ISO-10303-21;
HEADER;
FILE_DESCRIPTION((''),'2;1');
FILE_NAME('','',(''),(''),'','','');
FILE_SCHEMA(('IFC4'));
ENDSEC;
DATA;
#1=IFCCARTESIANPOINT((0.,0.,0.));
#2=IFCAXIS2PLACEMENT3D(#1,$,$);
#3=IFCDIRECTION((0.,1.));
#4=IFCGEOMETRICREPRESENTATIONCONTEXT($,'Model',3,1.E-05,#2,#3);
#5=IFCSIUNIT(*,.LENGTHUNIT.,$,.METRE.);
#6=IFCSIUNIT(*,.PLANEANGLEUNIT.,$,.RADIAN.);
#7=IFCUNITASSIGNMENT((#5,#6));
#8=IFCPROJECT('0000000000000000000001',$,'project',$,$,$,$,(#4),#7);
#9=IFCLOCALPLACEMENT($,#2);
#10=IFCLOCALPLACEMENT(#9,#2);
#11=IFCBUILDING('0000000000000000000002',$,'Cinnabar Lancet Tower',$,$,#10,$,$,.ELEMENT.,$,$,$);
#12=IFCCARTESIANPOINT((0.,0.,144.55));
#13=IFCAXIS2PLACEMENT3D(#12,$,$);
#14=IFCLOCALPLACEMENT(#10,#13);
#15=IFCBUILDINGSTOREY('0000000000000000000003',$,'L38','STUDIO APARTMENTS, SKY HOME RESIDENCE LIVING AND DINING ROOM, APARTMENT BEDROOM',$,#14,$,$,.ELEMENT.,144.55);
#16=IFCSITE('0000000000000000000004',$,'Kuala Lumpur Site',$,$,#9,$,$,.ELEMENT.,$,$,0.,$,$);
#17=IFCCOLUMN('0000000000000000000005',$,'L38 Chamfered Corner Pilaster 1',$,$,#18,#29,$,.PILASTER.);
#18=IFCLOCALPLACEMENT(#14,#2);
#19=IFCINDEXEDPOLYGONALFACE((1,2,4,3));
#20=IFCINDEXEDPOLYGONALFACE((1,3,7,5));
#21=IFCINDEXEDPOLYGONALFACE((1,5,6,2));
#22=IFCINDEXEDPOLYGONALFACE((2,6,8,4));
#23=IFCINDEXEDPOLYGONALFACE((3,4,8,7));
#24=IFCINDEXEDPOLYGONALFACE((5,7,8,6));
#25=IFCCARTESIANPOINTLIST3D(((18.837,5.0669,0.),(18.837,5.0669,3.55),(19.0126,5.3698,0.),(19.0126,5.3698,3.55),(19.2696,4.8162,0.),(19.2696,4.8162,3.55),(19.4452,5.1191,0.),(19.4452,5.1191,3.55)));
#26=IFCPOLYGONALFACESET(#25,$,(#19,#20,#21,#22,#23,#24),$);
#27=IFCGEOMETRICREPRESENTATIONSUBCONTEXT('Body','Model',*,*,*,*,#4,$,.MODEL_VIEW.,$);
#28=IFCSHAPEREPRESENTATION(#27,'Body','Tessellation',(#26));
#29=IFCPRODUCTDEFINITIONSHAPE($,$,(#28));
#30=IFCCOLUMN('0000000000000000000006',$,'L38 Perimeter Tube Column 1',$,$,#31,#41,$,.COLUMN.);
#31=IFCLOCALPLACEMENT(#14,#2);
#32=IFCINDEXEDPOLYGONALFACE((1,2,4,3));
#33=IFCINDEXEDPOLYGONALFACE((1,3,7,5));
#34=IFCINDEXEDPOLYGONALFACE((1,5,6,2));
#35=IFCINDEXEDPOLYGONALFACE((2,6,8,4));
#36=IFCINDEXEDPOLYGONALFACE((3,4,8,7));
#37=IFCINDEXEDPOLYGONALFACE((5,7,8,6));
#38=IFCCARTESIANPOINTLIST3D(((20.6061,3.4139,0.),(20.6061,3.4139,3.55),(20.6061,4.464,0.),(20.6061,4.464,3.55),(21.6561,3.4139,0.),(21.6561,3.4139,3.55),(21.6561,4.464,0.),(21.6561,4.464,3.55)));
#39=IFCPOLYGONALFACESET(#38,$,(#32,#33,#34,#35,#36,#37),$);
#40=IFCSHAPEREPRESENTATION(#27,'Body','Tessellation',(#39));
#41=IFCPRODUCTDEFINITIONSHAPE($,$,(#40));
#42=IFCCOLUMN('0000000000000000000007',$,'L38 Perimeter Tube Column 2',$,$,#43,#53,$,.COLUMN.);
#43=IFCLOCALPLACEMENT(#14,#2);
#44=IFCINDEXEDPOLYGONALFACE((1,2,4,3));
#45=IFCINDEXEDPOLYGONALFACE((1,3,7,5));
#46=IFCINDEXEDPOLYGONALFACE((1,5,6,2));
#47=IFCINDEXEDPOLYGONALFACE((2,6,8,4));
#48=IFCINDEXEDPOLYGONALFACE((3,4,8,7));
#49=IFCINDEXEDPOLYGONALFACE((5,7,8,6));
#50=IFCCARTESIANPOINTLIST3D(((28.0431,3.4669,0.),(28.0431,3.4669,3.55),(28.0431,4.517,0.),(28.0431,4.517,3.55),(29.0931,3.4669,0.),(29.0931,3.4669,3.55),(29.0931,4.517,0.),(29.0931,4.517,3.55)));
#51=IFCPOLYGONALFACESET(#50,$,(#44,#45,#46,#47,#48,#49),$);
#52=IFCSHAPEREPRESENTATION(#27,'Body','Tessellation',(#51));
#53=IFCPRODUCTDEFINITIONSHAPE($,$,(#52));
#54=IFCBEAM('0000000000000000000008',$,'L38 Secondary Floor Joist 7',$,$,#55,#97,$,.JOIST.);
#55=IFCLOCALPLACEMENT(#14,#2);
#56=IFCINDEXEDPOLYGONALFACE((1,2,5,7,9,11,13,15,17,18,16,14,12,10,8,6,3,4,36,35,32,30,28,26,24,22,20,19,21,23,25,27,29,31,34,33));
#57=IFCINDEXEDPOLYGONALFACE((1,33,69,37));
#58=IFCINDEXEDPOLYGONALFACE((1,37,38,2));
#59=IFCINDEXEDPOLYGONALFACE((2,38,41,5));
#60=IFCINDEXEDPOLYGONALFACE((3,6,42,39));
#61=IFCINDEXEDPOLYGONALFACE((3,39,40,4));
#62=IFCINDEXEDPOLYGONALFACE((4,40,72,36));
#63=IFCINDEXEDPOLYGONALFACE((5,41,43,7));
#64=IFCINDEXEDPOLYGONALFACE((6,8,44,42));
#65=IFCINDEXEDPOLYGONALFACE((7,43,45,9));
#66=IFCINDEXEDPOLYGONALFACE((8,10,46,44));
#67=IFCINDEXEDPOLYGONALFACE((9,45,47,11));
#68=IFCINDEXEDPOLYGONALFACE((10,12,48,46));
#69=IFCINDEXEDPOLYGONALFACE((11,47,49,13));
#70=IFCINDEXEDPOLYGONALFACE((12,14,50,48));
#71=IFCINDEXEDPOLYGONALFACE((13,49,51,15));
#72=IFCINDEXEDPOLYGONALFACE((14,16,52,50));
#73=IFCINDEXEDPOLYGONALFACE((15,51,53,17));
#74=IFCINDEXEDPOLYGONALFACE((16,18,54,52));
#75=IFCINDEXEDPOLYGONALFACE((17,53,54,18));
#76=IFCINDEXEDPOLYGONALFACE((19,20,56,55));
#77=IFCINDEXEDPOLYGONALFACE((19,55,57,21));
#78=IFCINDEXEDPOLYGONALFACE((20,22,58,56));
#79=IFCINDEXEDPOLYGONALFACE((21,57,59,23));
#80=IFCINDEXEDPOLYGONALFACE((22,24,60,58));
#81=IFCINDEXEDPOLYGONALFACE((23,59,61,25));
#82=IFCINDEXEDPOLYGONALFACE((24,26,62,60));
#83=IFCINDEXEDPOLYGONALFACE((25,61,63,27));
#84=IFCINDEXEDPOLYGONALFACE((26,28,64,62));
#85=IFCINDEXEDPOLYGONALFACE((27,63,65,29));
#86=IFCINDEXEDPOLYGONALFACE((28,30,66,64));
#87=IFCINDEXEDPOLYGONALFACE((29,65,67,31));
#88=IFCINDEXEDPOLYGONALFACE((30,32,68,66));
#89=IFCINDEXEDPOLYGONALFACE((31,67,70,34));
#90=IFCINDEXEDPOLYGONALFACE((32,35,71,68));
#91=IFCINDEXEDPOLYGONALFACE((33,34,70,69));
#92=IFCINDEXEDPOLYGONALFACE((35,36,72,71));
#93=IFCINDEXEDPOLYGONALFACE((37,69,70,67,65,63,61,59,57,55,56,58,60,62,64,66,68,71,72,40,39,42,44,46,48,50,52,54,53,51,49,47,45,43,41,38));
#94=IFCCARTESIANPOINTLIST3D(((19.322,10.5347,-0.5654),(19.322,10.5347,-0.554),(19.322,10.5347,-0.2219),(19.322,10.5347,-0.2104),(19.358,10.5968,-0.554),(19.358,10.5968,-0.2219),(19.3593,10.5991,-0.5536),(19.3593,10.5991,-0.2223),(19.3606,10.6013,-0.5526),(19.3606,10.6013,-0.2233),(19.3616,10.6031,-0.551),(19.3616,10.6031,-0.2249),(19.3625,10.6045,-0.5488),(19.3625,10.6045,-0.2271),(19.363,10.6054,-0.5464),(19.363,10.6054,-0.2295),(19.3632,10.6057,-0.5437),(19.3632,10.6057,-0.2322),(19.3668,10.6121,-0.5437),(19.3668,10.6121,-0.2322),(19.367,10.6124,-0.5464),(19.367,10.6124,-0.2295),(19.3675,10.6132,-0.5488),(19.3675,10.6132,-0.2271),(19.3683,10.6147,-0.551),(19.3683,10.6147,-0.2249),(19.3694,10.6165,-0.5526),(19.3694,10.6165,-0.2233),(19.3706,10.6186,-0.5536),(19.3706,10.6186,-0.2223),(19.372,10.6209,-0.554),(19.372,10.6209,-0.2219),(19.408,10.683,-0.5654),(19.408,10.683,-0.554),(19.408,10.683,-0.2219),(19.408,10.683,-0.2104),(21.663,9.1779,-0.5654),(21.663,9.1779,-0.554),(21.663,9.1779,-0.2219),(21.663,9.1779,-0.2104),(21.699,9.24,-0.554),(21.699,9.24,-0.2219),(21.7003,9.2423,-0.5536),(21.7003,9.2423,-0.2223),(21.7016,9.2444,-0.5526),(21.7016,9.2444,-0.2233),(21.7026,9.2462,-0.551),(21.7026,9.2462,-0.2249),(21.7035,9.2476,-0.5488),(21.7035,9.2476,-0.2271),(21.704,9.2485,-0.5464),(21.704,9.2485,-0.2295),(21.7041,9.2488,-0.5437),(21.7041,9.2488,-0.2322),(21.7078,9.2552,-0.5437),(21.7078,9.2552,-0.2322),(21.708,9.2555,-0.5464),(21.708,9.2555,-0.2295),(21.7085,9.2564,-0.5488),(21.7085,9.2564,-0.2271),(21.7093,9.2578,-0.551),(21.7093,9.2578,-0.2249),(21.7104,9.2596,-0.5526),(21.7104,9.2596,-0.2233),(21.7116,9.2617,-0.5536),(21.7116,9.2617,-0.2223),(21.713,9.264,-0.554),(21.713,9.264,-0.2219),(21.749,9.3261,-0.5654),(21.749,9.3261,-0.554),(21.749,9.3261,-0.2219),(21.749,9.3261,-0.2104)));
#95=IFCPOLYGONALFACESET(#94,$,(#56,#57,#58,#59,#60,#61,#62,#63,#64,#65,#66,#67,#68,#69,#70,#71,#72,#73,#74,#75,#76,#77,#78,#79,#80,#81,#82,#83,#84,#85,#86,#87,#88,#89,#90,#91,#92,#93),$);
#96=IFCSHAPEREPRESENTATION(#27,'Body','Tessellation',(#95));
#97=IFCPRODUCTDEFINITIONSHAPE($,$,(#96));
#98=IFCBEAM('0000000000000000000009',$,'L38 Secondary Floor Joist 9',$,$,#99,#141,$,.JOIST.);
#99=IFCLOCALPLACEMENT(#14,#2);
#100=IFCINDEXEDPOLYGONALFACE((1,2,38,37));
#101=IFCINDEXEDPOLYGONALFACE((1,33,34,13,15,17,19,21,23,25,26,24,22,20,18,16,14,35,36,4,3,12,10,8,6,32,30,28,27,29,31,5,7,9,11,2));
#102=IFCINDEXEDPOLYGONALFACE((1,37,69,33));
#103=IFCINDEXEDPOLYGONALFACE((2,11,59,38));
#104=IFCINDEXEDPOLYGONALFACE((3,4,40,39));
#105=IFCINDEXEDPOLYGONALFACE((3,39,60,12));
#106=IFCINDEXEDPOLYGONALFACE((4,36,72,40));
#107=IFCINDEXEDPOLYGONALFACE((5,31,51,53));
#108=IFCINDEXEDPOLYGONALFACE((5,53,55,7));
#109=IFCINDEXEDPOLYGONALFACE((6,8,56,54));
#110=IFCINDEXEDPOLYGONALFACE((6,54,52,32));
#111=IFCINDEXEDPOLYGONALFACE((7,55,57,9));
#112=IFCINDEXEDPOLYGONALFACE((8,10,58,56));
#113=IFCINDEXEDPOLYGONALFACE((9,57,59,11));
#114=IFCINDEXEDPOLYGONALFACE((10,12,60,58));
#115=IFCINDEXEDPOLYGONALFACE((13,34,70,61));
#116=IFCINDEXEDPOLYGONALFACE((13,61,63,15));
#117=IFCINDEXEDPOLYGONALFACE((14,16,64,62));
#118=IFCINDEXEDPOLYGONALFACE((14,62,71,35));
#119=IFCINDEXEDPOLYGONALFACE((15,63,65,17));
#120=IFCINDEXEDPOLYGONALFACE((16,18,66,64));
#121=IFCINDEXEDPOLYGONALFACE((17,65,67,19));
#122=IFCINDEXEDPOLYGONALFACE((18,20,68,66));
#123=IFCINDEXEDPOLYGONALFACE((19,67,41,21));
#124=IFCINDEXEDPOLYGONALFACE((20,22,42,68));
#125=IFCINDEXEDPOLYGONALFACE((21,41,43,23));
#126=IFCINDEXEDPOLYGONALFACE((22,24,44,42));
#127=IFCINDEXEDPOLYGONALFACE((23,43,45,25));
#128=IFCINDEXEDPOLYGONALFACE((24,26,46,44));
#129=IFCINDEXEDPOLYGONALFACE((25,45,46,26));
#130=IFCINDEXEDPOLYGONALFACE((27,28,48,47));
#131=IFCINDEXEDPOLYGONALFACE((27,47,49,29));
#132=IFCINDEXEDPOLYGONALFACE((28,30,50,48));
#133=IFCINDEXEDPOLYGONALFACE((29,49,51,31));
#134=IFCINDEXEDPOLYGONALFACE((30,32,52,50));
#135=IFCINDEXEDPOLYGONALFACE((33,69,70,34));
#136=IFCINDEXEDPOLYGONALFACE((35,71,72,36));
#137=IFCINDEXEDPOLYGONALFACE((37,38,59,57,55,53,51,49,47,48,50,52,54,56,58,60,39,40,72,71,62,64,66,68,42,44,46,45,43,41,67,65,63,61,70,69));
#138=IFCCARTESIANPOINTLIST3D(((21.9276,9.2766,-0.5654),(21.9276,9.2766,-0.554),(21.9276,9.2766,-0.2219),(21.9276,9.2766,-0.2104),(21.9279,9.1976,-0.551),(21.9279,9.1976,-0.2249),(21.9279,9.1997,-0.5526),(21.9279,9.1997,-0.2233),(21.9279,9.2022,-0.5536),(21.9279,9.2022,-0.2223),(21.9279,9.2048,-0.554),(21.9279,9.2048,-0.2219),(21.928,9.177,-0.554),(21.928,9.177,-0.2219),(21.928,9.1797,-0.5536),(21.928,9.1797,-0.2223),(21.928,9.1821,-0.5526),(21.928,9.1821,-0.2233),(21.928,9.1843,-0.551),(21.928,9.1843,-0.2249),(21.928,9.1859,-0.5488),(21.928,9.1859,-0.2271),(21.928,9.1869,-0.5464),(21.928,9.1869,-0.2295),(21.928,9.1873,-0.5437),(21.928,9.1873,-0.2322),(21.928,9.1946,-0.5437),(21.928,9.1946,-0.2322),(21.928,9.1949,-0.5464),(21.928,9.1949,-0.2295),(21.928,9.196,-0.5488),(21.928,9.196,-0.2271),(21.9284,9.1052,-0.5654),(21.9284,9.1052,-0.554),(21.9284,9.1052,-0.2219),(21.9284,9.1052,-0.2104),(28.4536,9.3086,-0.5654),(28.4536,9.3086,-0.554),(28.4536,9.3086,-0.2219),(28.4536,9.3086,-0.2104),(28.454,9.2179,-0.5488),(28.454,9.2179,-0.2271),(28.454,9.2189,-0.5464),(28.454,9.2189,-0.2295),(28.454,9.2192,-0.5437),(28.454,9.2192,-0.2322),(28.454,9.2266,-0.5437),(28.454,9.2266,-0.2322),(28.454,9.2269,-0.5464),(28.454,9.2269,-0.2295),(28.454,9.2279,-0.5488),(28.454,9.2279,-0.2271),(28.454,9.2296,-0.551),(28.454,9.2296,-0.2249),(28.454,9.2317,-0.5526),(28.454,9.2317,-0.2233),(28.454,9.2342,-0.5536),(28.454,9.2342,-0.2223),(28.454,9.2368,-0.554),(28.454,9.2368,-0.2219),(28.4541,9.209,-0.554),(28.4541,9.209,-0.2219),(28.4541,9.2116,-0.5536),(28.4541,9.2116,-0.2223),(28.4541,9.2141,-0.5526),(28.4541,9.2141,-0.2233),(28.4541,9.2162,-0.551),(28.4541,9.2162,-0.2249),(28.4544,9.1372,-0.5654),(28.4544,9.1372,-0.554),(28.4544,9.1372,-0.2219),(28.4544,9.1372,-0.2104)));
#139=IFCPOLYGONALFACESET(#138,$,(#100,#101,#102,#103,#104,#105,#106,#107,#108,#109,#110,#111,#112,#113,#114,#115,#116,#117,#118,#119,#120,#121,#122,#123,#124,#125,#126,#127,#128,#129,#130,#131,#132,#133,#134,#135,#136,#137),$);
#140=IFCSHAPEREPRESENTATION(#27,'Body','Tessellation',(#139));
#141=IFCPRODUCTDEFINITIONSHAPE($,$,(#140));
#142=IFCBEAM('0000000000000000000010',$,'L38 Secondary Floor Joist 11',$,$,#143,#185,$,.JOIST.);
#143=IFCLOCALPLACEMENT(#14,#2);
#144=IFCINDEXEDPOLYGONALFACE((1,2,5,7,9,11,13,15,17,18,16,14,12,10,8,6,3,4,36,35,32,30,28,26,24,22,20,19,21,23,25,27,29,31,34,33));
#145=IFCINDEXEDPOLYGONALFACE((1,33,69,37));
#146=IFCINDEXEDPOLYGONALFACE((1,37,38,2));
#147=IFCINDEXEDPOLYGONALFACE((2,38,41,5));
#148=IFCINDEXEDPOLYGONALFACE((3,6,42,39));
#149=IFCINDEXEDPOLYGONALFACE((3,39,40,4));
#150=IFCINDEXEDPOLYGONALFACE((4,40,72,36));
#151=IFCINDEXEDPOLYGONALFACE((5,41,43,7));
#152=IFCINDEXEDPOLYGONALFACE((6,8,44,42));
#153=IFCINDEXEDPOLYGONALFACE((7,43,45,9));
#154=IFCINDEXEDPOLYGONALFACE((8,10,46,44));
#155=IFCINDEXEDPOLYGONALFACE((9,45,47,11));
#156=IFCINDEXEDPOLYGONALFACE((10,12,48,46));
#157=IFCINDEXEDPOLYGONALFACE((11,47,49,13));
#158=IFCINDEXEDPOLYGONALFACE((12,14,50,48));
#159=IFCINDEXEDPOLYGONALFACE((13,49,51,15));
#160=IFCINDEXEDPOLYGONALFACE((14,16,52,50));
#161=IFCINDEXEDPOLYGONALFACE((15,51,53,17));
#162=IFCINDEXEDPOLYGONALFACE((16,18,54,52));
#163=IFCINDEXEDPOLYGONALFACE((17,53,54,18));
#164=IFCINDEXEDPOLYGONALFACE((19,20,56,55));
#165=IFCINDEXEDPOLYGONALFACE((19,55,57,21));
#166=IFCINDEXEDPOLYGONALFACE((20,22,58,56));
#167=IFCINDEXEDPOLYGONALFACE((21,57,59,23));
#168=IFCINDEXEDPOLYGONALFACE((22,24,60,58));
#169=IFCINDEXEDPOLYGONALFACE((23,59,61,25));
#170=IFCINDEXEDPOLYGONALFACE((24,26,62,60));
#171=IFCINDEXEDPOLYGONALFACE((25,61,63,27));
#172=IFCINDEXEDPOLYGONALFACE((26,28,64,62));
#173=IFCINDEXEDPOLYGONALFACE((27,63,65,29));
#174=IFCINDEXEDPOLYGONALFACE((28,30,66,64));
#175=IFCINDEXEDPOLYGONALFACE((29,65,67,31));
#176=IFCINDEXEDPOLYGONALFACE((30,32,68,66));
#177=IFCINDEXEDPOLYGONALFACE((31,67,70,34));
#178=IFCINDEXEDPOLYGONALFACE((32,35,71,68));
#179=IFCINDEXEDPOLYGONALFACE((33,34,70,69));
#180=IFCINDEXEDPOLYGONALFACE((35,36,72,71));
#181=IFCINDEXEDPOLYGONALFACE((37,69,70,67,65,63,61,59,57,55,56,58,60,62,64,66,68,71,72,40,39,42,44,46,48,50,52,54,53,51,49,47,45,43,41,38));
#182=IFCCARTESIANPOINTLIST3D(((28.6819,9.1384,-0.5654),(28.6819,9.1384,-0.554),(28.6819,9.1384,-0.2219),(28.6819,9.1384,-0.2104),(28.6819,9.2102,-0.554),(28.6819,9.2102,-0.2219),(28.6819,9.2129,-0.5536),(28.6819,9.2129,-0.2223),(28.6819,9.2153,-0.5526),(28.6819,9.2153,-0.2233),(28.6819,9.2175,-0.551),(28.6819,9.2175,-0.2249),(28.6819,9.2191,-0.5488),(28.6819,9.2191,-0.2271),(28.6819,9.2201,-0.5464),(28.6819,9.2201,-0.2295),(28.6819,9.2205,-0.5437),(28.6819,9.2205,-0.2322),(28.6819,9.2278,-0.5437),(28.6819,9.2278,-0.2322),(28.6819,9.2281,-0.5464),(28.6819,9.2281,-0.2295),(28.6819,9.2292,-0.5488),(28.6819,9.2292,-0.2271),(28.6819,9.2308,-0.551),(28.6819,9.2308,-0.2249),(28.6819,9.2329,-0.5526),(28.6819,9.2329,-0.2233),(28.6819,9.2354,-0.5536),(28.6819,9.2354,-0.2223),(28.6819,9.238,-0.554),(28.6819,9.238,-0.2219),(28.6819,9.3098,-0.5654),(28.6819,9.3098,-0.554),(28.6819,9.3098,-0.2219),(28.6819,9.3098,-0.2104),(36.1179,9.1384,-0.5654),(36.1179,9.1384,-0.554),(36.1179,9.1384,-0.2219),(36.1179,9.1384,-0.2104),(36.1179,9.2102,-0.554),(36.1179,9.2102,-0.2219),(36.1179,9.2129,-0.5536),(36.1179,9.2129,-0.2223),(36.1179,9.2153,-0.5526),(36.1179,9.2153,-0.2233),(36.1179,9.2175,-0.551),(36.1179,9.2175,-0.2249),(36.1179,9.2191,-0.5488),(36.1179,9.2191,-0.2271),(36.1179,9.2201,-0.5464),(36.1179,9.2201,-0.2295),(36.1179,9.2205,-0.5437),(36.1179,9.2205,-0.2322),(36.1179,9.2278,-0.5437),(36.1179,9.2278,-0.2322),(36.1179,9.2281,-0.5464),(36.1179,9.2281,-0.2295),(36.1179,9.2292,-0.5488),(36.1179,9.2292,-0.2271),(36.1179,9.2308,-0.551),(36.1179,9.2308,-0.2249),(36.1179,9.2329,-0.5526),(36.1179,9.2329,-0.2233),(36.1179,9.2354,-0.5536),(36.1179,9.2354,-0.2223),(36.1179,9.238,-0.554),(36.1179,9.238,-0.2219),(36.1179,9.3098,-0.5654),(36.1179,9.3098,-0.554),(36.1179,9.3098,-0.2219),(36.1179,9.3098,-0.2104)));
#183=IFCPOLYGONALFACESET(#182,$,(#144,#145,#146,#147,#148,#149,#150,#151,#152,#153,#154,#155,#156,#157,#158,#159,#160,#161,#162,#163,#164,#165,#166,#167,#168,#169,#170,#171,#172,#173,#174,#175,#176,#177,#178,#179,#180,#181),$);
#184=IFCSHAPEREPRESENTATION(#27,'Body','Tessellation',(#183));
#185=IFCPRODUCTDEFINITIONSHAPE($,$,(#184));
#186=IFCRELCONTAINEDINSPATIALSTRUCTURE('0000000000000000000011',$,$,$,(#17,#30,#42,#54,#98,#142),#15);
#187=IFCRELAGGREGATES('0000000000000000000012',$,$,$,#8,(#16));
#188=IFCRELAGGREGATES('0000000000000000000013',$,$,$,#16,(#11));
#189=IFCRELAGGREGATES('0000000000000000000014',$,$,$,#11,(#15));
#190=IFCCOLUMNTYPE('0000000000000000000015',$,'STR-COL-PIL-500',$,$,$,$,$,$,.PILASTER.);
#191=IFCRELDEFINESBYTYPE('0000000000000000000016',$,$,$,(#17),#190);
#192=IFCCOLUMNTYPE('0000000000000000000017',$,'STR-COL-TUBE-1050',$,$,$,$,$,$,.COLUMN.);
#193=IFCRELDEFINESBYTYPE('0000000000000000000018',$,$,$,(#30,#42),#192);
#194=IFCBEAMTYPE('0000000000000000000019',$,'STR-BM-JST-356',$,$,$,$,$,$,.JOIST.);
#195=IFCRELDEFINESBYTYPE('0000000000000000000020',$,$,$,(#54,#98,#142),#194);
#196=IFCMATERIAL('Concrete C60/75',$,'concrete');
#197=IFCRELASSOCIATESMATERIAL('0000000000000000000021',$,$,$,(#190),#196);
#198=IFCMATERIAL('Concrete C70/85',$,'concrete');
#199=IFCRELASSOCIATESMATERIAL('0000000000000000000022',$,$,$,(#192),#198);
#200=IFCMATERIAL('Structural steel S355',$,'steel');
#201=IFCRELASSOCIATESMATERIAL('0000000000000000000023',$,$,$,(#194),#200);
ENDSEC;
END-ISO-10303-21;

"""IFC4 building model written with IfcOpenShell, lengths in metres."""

from ifc_helpers import new_model, si_unit, direction, frame, origin, origin_2d, place, context, subcontext, project, spatial, rectangle, i_section, extrude, material, material_profile, profile_set, type_object, element, save


model = new_model("IFC4")

# Units and contexts
model_context = context("Model", 3, precision=1e-05, world=origin(), true_north=direction((0.0, 1.0)))
body_context = subcontext(model_context, "Body", "Model", "MODEL_VIEW")
ifc_project = project(units=[si_unit("LENGTHUNIT", "METRE"), si_unit("PLANEANGLEUNIT", "RADIAN")], contexts=[model_context])

# Site, building, storey
site_placement = place(None, origin())
site = spatial("IfcSite", under=ifc_project, at=site_placement, Name="Kuala Lumpur Site", CompositionType="ELEMENT", RefElevation=0.0)
building_placement = place(site_placement, origin())
building = spatial("IfcBuilding", under=site, at=building_placement, Name="Cinnabar Lancet Tower", CompositionType="ELEMENT")
storey_placement = place(building_placement, frame((0.0, 0.0, 144.55)))
storey = spatial("IfcBuildingStorey", under=building, at=storey_placement, Name="L38", Description="STUDIO APARTMENTS, SKY HOME RESIDENCE LIVING AND DINING ROOM, APARTMENT BEDROOM", CompositionType="ELEMENT", Elevation=144.55)

# Columns
ifc_material_1 = material(Name="Concrete C60/75", Category="concrete")
ifc_material_profile_1 = material_profile(ifc_material_1, rectangle(XDim=0.5, YDim=0.3501, at=origin_2d()), Name="RC-PIL 500x350")
ifc_profile_set_1 = profile_set([ifc_material_profile_1], Name="Concrete C60/75")
column_type_1 = type_object("IfcColumnType", Name="STR-COL-PIL-500", PredefinedType="PILASTER", material=ifc_profile_set_1)
column_placement = place(storey_placement, frame((19.1411, 5.093, 0.0), z_axis=(0.0, 0.0, 1.0), x_axis=(0.86516, -0.501496, 0.0)))
element("IfcColumn", 1, at=column_placement, inside=storey, type_object=column_type_1, Name="L38 Chamfered Corner Pilaster 1", PredefinedType="PILASTER", context=body_context, shape_type="SweptSolid", body=[
    extrude(rectangle(XDim=0.5, YDim=0.3501, at=origin_2d()), origin(), (0.0, 0.0, 1.0), 3.55),
])
ifc_material_2 = material(Name="Concrete C70/85", Category="concrete")
ifc_material_profile_2 = material_profile(ifc_material_2, rectangle(XDim=1.05, YDim=1.05, at=origin_2d()), Name="RC-COL 1050x1050")
ifc_profile_set_2 = profile_set([ifc_material_profile_2], Name="Concrete C70/85")
column_type_2 = type_object("IfcColumnType", Name="STR-COL-TUBE-1050", PredefinedType="COLUMN", material=ifc_profile_set_2)
for number, where, z_axis, x_axis, name in (
    (2, (21.1311, 3.939, 0.0), (0.0, 0.0, 1.0), (1.0, 0.0, 0.0), "L38 Perimeter Tube Column 1"),
    (3, (28.5681, 3.9919, 0.0), (0.0, 0.0, 1.0), (1.0, 0.0, 0.0), "L38 Perimeter Tube Column 2"),
):
    element("IfcColumn", number, at=place(storey_placement, frame(where, z_axis=z_axis, x_axis=x_axis)), inside=storey, type_object=column_type_2, Name=name, PredefinedType="COLUMN", context=body_context, shape_type="SweptSolid", body=[
        extrude(rectangle(XDim=1.05, YDim=1.05, at=origin_2d()), origin(), (0.0, 0.0, 1.0), 3.55),
    ])

# Beams
ifc_material_3 = material(Name="Structural steel S355", Category="steel")
ifc_material_profile_3 = material_profile(ifc_material_3, i_section(OverallWidth=0.1714, OverallDepth=0.355, WebThickness=0.0073, FlangeThickness=0.0115, FilletRadius=0.0103, at=origin_2d()), Name="UKB 356x171x51")
ifc_profile_set_3 = profile_set([ifc_material_profile_3], Name="Structural steel S355")
beam_type_1 = type_object("IfcBeamType", Name="STR-BM-JST-356", PredefinedType="JOIST", material=ifc_profile_set_3)
beam_1_placement = place(storey_placement, frame((19.365, 10.6089, -0.3879), z_axis=(0.865173, -0.501474, 0.0), x_axis=(0.501474, 0.865173, 0.0)))
element("IfcBeam", 4, at=beam_1_placement, inside=storey, type_object=beam_type_1, Name="L38 Secondary Floor Joist 7", PredefinedType="JOIST", context=body_context, shape_type="SweptSolid", body=[
    extrude(i_section(OverallWidth=0.1714, OverallDepth=0.355, WebThickness=0.0073, FlangeThickness=0.0115, FilletRadius=0.0103, at=origin_2d()), origin(), (0.0, 0.0, 1.0), 2.7058),
])
beam_2_placement = place(storey_placement, frame((21.928, 9.1909, -0.3879), z_axis=(0.999988, 0.004901, 0.0), x_axis=(-0.004901, 0.999988, 0.0)))
element("IfcBeam", 5, at=beam_2_placement, inside=storey, type_object=beam_type_1, Name="L38 Secondary Floor Joist 9", PredefinedType="JOIST", context=body_context, shape_type="SweptSolid", body=[
    extrude(i_section(OverallWidth=0.1714, OverallDepth=0.355, WebThickness=0.0073, FlangeThickness=0.0115, FilletRadius=0.0103, at=origin_2d()), origin(), (0.0, 0.0, 1.0), 6.5261),
])
beam_3_placement = place(storey_placement, frame((28.6819, 9.2241, -0.3879), z_axis=(1.0, 0.0, 0.0), x_axis=(0.0, 1.0, 0.0)))
element("IfcBeam", 6, at=beam_3_placement, inside=storey, type_object=beam_type_1, Name="L38 Secondary Floor Joist 11", PredefinedType="JOIST", context=body_context, shape_type="SweptSolid", body=[
    extrude(i_section(OverallWidth=0.1714, OverallDepth=0.355, WebThickness=0.0073, FlangeThickness=0.0115, FilletRadius=0.0103, at=origin_2d()), origin(), (0.0, 0.0, 1.0), 7.436),
])

save(model, "model.ifc")
